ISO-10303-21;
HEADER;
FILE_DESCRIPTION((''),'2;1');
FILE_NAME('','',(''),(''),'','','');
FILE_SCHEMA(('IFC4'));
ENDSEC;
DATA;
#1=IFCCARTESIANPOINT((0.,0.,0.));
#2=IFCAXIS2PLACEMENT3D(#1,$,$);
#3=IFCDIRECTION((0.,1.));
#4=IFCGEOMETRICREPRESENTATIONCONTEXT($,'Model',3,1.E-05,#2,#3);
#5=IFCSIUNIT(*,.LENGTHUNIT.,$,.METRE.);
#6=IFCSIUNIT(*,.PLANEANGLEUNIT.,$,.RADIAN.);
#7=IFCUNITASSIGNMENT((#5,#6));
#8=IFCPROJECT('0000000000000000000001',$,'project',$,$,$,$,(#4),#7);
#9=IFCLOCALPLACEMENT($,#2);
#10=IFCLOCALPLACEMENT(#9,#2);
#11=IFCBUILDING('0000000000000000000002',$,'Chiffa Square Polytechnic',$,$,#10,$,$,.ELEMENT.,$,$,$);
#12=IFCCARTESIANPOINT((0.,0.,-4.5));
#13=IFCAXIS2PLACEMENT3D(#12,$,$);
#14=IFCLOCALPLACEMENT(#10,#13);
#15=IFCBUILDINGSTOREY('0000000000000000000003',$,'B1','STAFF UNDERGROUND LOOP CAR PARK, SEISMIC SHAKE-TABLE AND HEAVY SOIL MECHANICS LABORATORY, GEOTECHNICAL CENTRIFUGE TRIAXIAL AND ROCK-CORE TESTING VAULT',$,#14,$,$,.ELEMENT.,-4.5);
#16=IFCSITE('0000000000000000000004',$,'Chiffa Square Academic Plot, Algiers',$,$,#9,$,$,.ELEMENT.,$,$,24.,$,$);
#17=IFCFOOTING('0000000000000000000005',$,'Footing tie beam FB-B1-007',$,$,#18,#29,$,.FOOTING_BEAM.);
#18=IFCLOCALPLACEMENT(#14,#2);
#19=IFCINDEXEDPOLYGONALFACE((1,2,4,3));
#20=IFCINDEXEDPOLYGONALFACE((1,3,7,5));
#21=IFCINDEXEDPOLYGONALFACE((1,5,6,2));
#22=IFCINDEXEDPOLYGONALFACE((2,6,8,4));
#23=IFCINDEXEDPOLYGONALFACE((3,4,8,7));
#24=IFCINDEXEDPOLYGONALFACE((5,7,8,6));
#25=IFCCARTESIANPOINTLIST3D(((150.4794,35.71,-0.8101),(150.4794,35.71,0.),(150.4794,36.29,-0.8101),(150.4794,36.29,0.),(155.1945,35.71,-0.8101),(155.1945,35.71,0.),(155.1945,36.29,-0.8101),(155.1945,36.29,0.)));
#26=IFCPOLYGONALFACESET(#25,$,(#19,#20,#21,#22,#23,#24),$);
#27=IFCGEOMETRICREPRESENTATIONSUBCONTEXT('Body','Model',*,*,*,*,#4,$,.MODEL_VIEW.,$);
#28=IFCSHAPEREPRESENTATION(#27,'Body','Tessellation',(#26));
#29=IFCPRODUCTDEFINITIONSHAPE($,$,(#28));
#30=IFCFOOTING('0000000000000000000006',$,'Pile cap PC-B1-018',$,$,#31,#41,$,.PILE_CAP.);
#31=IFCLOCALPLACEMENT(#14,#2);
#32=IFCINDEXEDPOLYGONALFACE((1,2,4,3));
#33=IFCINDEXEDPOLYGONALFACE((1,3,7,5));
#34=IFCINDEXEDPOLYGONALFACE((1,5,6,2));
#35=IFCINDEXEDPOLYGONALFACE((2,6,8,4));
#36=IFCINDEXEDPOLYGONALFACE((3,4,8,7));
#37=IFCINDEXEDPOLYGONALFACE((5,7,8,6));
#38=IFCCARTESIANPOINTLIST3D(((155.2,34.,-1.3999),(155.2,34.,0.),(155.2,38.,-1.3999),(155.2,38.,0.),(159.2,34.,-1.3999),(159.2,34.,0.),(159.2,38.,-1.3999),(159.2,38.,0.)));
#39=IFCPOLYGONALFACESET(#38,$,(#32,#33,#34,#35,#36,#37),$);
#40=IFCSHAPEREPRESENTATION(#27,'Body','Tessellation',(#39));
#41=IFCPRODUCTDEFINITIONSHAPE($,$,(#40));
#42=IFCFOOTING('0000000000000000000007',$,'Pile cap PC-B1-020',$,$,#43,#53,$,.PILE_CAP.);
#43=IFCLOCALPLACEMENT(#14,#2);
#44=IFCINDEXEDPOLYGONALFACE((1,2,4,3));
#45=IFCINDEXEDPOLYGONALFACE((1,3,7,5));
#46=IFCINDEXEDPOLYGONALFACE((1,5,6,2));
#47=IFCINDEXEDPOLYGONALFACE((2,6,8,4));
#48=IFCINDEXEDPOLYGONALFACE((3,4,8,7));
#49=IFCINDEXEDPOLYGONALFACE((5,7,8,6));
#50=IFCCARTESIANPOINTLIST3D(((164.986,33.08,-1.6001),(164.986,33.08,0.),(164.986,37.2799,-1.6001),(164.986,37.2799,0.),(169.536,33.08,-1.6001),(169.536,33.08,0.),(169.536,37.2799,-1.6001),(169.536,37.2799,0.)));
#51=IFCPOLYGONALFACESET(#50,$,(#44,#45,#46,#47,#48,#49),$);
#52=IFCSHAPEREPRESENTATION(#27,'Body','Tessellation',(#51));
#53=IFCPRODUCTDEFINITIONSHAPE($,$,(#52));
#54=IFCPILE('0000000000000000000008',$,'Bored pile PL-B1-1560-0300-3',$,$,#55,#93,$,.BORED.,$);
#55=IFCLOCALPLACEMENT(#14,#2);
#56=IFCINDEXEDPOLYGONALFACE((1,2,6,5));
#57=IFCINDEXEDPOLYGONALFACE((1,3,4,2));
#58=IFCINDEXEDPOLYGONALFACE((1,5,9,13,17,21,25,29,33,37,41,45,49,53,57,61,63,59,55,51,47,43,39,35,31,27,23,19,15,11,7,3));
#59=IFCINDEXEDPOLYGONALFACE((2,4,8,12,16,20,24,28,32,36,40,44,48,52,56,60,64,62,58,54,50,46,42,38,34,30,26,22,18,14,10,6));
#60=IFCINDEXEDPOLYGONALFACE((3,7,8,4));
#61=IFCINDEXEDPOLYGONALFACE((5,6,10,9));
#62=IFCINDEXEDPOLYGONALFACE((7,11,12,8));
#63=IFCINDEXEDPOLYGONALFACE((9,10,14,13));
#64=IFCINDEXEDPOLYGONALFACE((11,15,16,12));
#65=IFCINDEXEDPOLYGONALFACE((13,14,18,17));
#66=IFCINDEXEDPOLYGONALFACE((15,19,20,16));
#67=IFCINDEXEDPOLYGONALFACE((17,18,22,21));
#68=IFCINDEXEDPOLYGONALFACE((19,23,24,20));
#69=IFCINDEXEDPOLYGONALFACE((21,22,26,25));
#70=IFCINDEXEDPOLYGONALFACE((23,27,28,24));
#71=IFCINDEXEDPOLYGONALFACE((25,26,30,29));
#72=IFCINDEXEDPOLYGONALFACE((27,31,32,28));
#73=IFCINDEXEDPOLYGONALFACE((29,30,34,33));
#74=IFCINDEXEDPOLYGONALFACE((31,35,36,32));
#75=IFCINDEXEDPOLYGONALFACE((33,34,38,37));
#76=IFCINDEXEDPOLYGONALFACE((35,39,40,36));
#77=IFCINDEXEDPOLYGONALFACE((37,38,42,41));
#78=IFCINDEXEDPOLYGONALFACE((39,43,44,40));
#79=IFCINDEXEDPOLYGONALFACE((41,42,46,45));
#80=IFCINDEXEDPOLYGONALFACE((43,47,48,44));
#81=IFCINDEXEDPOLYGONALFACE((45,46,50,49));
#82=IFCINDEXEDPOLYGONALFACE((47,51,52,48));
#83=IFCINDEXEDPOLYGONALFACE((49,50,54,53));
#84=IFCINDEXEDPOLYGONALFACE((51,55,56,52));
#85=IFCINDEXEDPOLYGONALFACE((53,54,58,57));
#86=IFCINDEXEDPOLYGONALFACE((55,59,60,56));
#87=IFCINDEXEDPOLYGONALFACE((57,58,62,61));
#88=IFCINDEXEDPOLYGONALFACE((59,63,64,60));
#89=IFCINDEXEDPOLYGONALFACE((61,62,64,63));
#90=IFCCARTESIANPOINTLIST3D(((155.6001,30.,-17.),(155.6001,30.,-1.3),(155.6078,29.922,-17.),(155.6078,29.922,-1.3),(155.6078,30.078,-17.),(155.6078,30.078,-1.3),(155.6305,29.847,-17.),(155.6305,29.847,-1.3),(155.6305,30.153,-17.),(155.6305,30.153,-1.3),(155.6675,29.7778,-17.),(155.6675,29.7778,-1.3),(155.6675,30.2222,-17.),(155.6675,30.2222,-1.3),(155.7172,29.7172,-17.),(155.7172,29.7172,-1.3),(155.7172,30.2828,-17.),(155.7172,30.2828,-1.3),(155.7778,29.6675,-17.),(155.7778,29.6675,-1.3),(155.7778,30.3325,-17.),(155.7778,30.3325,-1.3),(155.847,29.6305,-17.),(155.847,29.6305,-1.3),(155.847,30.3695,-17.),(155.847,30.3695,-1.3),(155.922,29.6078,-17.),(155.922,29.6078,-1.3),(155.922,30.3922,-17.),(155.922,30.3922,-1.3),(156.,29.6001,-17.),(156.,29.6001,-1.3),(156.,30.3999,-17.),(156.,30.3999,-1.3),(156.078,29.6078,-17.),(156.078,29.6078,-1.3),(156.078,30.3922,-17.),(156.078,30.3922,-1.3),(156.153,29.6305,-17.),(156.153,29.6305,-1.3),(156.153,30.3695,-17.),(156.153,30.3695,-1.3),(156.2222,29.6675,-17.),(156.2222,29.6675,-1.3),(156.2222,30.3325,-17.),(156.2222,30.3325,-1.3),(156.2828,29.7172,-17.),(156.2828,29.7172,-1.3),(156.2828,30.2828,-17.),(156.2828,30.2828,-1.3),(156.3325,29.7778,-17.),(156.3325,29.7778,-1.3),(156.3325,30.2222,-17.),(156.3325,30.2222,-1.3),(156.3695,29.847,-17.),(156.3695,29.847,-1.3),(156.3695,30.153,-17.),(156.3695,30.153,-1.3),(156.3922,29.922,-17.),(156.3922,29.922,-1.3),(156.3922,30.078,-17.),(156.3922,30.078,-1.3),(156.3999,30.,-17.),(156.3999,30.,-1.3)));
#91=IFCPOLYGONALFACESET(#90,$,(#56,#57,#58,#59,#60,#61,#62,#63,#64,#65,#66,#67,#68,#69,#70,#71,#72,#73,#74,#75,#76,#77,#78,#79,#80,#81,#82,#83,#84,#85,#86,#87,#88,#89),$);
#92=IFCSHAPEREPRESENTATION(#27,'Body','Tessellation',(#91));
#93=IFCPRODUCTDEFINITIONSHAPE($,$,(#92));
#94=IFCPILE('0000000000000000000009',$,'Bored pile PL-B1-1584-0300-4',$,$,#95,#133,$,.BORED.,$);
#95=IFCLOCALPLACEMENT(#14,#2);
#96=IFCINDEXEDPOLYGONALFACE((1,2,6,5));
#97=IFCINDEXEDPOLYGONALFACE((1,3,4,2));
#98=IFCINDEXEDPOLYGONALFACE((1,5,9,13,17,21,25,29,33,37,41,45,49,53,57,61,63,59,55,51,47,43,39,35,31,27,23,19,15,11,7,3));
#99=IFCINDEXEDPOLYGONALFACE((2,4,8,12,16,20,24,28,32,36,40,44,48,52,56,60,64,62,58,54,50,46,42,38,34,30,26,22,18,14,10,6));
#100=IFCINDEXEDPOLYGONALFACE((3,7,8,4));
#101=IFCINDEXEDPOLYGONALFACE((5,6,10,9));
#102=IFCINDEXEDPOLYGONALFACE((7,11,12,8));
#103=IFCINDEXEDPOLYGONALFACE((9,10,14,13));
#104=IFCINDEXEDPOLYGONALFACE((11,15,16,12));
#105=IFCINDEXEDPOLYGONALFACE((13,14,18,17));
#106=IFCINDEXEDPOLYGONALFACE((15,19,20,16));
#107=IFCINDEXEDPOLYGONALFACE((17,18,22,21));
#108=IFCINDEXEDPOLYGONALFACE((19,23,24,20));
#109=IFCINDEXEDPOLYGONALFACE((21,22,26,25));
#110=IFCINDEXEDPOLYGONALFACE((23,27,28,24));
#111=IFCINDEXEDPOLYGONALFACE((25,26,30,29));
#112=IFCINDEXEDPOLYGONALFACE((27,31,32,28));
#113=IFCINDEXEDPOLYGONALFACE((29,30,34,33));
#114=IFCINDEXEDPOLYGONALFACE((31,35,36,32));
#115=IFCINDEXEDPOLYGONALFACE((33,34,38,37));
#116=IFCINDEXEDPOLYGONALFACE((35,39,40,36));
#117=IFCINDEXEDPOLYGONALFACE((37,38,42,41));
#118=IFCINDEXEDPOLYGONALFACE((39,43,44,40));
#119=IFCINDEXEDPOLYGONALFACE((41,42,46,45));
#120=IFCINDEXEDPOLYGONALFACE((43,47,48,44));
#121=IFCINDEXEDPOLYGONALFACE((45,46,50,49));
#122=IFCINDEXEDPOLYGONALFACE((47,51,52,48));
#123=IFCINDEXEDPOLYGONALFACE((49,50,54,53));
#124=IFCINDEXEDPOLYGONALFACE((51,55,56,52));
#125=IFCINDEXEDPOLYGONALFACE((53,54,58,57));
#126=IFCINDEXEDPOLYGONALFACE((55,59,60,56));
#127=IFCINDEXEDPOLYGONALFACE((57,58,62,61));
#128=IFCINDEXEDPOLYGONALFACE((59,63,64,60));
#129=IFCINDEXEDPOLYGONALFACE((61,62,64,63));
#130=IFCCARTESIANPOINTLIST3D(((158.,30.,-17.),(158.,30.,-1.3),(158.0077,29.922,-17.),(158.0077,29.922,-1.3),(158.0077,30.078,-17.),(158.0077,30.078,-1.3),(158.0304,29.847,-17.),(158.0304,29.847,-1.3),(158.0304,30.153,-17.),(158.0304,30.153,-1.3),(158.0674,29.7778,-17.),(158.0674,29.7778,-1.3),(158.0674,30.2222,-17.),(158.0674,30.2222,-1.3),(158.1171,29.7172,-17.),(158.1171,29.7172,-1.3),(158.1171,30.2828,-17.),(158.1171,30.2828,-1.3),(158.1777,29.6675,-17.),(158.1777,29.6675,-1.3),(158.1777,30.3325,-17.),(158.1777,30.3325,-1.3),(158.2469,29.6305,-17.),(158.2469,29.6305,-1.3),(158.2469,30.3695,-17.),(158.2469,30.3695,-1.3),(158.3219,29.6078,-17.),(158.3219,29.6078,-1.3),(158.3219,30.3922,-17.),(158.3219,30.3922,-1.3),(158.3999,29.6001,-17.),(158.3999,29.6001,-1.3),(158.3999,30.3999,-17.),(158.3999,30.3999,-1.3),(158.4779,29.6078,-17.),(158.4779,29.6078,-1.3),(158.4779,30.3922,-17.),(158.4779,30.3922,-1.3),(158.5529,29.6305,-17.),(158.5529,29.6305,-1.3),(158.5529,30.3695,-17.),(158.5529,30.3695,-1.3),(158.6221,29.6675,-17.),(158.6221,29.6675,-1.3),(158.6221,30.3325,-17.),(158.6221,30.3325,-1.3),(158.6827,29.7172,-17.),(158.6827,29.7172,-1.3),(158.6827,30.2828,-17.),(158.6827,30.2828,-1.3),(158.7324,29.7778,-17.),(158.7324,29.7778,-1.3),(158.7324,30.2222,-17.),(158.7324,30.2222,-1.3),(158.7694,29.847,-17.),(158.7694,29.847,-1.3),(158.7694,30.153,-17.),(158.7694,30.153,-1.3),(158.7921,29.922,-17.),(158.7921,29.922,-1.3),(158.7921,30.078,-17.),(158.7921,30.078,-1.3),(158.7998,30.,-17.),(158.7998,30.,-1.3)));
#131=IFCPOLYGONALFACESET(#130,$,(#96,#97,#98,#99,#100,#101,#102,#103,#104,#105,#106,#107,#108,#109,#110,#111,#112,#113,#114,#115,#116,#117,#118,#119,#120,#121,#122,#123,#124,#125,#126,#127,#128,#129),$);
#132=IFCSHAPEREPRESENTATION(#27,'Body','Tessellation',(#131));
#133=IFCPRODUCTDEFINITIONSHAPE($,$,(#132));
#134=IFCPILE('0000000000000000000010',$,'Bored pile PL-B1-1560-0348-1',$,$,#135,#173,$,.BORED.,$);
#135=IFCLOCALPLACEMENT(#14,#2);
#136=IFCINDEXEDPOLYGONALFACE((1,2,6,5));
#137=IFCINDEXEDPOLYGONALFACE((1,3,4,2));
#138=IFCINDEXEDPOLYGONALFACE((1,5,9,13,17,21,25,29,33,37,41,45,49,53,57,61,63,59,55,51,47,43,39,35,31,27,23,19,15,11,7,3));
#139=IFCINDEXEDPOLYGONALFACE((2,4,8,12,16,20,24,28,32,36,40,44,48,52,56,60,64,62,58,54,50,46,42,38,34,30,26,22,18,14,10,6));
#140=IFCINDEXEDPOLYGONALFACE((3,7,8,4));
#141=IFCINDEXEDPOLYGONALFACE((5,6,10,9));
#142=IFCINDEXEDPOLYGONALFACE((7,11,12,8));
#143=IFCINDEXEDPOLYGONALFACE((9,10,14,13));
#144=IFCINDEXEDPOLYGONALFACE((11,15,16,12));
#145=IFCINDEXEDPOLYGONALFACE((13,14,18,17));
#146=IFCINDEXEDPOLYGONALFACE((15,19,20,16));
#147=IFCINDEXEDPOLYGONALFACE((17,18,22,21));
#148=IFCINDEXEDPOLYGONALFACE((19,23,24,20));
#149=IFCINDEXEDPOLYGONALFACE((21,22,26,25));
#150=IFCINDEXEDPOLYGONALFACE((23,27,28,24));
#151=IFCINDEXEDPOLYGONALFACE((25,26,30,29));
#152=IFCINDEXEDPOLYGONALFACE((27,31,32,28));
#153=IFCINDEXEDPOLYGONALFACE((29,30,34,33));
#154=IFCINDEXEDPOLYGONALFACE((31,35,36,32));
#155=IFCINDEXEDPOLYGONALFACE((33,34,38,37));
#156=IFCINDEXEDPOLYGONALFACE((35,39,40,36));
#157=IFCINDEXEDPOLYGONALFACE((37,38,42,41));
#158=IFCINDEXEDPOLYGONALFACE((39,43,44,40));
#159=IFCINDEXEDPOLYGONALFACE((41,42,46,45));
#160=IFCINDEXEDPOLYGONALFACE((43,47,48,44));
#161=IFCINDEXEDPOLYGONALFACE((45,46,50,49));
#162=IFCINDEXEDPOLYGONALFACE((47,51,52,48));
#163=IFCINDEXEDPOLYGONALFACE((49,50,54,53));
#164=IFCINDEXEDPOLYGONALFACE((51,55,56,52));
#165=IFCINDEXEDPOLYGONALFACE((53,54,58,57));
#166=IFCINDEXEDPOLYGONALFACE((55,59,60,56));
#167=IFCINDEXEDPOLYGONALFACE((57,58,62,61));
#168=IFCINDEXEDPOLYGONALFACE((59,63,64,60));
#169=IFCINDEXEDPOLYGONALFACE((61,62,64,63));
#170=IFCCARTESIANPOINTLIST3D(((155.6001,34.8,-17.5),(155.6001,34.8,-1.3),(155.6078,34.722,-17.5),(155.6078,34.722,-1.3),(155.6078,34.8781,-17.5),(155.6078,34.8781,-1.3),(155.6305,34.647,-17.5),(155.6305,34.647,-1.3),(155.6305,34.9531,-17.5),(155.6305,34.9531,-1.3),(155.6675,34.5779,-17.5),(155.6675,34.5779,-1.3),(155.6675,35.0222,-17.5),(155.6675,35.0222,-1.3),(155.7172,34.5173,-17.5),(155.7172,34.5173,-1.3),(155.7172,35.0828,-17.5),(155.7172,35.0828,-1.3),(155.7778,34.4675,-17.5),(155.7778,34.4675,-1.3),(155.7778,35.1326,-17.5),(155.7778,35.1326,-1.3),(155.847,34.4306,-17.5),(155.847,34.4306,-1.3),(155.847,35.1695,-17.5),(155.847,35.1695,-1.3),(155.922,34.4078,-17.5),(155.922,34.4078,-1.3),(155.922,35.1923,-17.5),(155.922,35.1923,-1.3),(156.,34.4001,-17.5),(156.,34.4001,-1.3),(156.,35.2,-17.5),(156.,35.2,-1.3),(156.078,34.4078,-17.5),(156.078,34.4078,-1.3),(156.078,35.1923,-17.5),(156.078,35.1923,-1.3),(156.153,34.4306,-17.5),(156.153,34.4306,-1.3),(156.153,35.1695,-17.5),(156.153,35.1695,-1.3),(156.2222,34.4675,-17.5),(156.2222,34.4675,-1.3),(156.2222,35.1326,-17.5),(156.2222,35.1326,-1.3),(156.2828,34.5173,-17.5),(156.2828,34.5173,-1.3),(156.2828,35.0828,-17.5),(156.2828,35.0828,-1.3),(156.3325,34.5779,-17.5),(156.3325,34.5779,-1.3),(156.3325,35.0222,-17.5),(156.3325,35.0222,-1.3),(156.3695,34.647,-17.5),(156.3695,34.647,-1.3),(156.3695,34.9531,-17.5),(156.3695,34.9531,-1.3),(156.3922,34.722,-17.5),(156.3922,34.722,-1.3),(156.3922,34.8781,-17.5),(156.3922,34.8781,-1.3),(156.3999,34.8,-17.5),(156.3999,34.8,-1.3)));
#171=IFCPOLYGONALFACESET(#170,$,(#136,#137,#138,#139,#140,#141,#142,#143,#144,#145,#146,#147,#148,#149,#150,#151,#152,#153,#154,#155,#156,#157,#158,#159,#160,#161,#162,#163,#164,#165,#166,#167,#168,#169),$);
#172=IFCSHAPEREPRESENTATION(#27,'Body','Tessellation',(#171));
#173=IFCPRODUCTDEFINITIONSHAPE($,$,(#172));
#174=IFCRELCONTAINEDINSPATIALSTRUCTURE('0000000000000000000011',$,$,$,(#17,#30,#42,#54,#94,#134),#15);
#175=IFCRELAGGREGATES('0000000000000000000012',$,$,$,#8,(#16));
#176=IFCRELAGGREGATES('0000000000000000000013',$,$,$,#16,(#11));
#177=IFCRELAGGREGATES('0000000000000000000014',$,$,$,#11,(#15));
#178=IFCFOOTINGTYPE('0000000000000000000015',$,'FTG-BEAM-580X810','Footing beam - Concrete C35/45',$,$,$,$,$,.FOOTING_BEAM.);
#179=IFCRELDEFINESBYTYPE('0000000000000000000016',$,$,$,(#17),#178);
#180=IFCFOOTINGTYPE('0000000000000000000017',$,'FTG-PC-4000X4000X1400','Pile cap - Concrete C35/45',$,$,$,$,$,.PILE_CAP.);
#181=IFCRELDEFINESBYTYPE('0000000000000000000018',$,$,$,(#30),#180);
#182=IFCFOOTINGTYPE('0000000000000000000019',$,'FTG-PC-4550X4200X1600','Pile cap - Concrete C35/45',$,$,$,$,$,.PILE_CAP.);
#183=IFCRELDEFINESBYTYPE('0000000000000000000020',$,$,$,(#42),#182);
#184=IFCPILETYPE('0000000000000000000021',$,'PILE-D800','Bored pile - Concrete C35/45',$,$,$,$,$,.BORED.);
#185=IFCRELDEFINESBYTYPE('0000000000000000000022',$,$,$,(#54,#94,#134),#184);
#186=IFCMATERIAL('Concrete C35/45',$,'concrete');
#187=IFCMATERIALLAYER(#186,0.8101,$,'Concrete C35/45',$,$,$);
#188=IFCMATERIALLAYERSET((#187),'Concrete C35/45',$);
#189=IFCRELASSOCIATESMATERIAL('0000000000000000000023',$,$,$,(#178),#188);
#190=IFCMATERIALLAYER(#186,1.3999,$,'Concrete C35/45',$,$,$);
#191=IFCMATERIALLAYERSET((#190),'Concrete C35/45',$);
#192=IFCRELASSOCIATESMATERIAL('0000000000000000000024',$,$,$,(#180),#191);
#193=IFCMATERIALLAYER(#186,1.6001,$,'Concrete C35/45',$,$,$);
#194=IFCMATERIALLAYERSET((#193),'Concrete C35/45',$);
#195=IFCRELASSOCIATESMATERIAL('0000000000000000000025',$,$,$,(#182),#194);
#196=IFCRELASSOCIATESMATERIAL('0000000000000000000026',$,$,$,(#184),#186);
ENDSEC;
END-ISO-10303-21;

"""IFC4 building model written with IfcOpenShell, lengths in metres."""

from ifc_helpers import new_model, si_unit, direction, frame, origin, origin_2d, place, context, subcontext, project, spatial, rectangle, circle, extrude, material, layer, layer_set, material_profile, profile_set, type_object, element, save


model = new_model("IFC4")

# Units and contexts
model_context = context("Model", 3, precision=1e-05, world=origin(), true_north=direction((0.0, 1.0)))
body_context = subcontext(model_context, "Body", "Model", "MODEL_VIEW")
ifc_project = project(units=[si_unit("LENGTHUNIT", "METRE"), si_unit("PLANEANGLEUNIT", "RADIAN")], contexts=[model_context])

# Site, building, storey
site_placement = place(None, origin())
site = spatial("IfcSite", under=ifc_project, at=site_placement, Name="Chiffa Square Academic Plot, Algiers", CompositionType="ELEMENT", RefElevation=24.0)
building_placement = place(site_placement, origin())
building = spatial("IfcBuilding", under=site, at=building_placement, Name="Chiffa Square Polytechnic", CompositionType="ELEMENT")
storey_placement = place(building_placement, frame((0.0, 0.0, -4.5)))
storey = spatial("IfcBuildingStorey", under=building, at=storey_placement, Name="B1", Description="STAFF UNDERGROUND LOOP CAR PARK, SEISMIC SHAKE-TABLE AND HEAVY SOIL MECHANICS LABORATORY, GEOTECHNICAL CENTRIFUGE TRIAXIAL AND ROCK-CORE TESTING VAULT", CompositionType="ELEMENT", Elevation=-4.5)

# Footings
ifc_material_1 = material(Name="Concrete C35/45", Category="concrete")
ifc_layer_1 = layer(ifc_material_1, 0.8101, Name="Concrete C35/45")
ifc_layer_set_1 = layer_set([ifc_layer_1], Name="Concrete C35/45")
footing_type_1 = type_object("IfcFootingType", Name="FTG-BEAM-580X810", Description="Footing beam - Concrete C35/45", PredefinedType="FOOTING_BEAM", material=ifc_layer_set_1)
footing_1_placement = place(storey_placement, frame((152.8369, 36.0, -0.8101), z_axis=(0.0, 0.0, 1.0), x_axis=(1.0, 0.0, 0.0)))
element("IfcFooting", 1, at=footing_1_placement, inside=storey, type_object=footing_type_1, Name="Footing tie beam FB-B1-007", PredefinedType="FOOTING_BEAM", context=body_context, shape_type="SweptSolid", body=[
    extrude(rectangle(XDim=4.7151, YDim=0.5801, at=origin_2d()), origin(), (0.0, 0.0, 1.0), 0.8101),
])
ifc_layer_2 = layer(ifc_material_1, 1.3999, Name="Concrete C35/45")
ifc_layer_set_2 = layer_set([ifc_layer_2], Name="Concrete C35/45")
footing_type_2 = type_object("IfcFootingType", Name="FTG-PC-4000X4000X1400", Description="Pile cap - Concrete C35/45", PredefinedType="PILE_CAP", material=ifc_layer_set_2)
footing_2_placement = place(storey_placement, frame((157.2, 36.0, -1.3999), z_axis=(0.0, 0.0, 1.0), x_axis=(1.0, 0.0, 0.0)))
element("IfcFooting", 2, at=footing_2_placement, inside=storey, type_object=footing_type_2, Name="Pile cap PC-B1-018", PredefinedType="PILE_CAP", context=body_context, shape_type="SweptSolid", body=[
    extrude(rectangle(XDim=4.0, YDim=4.0, at=origin_2d()), origin(), (0.0, 0.0, 1.0), 1.3999),
])
ifc_layer_3 = layer(ifc_material_1, 1.6001, Name="Concrete C35/45")
ifc_layer_set_3 = layer_set([ifc_layer_3], Name="Concrete C35/45")
footing_type_3 = type_object("IfcFootingType", Name="FTG-PC-4550X4200X1600", Description="Pile cap - Concrete C35/45", PredefinedType="PILE_CAP", material=ifc_layer_set_3)
footing_3_placement = place(storey_placement, frame((167.261, 35.1799, -1.6001), z_axis=(0.0, 0.0, 1.0), x_axis=(1.0, 0.0, 0.0)))
element("IfcFooting", 3, at=footing_3_placement, inside=storey, type_object=footing_type_3, Name="Pile cap PC-B1-020", PredefinedType="PILE_CAP", context=body_context, shape_type="SweptSolid", body=[
    extrude(rectangle(XDim=4.55, YDim=4.2, at=origin_2d()), origin(), (0.0, 0.0, 1.0), 1.6001),
])

# Piles
ifc_material_profile_1 = material_profile(ifc_material_1, circle(Radius=0.3999, at=origin_2d()), Name="PILE D800")
ifc_profile_set_1 = profile_set([ifc_material_profile_1], Name="Concrete C35/45")
pile_type_1 = type_object("IfcPileType", Name="PILE-D800", Description="Bored pile - Concrete C35/45", PredefinedType="BORED", material=ifc_profile_set_1)
for number, where, z_axis, x_axis, name in (
    (4, (156.0, 30.0, -1.3), (0.0, 0.0, -1.0), (1.0, 0.0, 0.0), "Bored pile PL-B1-1560-0300-3"),
    (5, (158.3999, 30.0, -1.3), (0.0, 0.0, -1.0), (1.0, 0.0, 0.0), "Bored pile PL-B1-1584-0300-4"),
):
    element("IfcPile", number, at=place(storey_placement, frame(where, z_axis=z_axis, x_axis=x_axis)), inside=storey, type_object=pile_type_1, Name=name, PredefinedType="BORED", context=body_context, shape_type="SweptSolid", body=[
        extrude(circle(Radius=0.3999, at=origin_2d()), origin(), (0.0, 0.0, 1.0), 15.7),
    ])
for number, where, z_axis, x_axis, name in (
    (6, (156.0, 34.8, -1.3), (0.0, 0.0, -1.0), (1.0, 0.0, 0.0), "Bored pile PL-B1-1560-0348-1"),
):
    element("IfcPile", number, at=place(storey_placement, frame(where, z_axis=z_axis, x_axis=x_axis)), inside=storey, type_object=pile_type_1, Name=name, PredefinedType="BORED", context=body_context, shape_type="SweptSolid", body=[
        extrude(circle(Radius=0.3999, at=origin_2d()), origin(), (0.0, 0.0, 1.0), 16.2),
    ])

save(model, "model.ifc")
